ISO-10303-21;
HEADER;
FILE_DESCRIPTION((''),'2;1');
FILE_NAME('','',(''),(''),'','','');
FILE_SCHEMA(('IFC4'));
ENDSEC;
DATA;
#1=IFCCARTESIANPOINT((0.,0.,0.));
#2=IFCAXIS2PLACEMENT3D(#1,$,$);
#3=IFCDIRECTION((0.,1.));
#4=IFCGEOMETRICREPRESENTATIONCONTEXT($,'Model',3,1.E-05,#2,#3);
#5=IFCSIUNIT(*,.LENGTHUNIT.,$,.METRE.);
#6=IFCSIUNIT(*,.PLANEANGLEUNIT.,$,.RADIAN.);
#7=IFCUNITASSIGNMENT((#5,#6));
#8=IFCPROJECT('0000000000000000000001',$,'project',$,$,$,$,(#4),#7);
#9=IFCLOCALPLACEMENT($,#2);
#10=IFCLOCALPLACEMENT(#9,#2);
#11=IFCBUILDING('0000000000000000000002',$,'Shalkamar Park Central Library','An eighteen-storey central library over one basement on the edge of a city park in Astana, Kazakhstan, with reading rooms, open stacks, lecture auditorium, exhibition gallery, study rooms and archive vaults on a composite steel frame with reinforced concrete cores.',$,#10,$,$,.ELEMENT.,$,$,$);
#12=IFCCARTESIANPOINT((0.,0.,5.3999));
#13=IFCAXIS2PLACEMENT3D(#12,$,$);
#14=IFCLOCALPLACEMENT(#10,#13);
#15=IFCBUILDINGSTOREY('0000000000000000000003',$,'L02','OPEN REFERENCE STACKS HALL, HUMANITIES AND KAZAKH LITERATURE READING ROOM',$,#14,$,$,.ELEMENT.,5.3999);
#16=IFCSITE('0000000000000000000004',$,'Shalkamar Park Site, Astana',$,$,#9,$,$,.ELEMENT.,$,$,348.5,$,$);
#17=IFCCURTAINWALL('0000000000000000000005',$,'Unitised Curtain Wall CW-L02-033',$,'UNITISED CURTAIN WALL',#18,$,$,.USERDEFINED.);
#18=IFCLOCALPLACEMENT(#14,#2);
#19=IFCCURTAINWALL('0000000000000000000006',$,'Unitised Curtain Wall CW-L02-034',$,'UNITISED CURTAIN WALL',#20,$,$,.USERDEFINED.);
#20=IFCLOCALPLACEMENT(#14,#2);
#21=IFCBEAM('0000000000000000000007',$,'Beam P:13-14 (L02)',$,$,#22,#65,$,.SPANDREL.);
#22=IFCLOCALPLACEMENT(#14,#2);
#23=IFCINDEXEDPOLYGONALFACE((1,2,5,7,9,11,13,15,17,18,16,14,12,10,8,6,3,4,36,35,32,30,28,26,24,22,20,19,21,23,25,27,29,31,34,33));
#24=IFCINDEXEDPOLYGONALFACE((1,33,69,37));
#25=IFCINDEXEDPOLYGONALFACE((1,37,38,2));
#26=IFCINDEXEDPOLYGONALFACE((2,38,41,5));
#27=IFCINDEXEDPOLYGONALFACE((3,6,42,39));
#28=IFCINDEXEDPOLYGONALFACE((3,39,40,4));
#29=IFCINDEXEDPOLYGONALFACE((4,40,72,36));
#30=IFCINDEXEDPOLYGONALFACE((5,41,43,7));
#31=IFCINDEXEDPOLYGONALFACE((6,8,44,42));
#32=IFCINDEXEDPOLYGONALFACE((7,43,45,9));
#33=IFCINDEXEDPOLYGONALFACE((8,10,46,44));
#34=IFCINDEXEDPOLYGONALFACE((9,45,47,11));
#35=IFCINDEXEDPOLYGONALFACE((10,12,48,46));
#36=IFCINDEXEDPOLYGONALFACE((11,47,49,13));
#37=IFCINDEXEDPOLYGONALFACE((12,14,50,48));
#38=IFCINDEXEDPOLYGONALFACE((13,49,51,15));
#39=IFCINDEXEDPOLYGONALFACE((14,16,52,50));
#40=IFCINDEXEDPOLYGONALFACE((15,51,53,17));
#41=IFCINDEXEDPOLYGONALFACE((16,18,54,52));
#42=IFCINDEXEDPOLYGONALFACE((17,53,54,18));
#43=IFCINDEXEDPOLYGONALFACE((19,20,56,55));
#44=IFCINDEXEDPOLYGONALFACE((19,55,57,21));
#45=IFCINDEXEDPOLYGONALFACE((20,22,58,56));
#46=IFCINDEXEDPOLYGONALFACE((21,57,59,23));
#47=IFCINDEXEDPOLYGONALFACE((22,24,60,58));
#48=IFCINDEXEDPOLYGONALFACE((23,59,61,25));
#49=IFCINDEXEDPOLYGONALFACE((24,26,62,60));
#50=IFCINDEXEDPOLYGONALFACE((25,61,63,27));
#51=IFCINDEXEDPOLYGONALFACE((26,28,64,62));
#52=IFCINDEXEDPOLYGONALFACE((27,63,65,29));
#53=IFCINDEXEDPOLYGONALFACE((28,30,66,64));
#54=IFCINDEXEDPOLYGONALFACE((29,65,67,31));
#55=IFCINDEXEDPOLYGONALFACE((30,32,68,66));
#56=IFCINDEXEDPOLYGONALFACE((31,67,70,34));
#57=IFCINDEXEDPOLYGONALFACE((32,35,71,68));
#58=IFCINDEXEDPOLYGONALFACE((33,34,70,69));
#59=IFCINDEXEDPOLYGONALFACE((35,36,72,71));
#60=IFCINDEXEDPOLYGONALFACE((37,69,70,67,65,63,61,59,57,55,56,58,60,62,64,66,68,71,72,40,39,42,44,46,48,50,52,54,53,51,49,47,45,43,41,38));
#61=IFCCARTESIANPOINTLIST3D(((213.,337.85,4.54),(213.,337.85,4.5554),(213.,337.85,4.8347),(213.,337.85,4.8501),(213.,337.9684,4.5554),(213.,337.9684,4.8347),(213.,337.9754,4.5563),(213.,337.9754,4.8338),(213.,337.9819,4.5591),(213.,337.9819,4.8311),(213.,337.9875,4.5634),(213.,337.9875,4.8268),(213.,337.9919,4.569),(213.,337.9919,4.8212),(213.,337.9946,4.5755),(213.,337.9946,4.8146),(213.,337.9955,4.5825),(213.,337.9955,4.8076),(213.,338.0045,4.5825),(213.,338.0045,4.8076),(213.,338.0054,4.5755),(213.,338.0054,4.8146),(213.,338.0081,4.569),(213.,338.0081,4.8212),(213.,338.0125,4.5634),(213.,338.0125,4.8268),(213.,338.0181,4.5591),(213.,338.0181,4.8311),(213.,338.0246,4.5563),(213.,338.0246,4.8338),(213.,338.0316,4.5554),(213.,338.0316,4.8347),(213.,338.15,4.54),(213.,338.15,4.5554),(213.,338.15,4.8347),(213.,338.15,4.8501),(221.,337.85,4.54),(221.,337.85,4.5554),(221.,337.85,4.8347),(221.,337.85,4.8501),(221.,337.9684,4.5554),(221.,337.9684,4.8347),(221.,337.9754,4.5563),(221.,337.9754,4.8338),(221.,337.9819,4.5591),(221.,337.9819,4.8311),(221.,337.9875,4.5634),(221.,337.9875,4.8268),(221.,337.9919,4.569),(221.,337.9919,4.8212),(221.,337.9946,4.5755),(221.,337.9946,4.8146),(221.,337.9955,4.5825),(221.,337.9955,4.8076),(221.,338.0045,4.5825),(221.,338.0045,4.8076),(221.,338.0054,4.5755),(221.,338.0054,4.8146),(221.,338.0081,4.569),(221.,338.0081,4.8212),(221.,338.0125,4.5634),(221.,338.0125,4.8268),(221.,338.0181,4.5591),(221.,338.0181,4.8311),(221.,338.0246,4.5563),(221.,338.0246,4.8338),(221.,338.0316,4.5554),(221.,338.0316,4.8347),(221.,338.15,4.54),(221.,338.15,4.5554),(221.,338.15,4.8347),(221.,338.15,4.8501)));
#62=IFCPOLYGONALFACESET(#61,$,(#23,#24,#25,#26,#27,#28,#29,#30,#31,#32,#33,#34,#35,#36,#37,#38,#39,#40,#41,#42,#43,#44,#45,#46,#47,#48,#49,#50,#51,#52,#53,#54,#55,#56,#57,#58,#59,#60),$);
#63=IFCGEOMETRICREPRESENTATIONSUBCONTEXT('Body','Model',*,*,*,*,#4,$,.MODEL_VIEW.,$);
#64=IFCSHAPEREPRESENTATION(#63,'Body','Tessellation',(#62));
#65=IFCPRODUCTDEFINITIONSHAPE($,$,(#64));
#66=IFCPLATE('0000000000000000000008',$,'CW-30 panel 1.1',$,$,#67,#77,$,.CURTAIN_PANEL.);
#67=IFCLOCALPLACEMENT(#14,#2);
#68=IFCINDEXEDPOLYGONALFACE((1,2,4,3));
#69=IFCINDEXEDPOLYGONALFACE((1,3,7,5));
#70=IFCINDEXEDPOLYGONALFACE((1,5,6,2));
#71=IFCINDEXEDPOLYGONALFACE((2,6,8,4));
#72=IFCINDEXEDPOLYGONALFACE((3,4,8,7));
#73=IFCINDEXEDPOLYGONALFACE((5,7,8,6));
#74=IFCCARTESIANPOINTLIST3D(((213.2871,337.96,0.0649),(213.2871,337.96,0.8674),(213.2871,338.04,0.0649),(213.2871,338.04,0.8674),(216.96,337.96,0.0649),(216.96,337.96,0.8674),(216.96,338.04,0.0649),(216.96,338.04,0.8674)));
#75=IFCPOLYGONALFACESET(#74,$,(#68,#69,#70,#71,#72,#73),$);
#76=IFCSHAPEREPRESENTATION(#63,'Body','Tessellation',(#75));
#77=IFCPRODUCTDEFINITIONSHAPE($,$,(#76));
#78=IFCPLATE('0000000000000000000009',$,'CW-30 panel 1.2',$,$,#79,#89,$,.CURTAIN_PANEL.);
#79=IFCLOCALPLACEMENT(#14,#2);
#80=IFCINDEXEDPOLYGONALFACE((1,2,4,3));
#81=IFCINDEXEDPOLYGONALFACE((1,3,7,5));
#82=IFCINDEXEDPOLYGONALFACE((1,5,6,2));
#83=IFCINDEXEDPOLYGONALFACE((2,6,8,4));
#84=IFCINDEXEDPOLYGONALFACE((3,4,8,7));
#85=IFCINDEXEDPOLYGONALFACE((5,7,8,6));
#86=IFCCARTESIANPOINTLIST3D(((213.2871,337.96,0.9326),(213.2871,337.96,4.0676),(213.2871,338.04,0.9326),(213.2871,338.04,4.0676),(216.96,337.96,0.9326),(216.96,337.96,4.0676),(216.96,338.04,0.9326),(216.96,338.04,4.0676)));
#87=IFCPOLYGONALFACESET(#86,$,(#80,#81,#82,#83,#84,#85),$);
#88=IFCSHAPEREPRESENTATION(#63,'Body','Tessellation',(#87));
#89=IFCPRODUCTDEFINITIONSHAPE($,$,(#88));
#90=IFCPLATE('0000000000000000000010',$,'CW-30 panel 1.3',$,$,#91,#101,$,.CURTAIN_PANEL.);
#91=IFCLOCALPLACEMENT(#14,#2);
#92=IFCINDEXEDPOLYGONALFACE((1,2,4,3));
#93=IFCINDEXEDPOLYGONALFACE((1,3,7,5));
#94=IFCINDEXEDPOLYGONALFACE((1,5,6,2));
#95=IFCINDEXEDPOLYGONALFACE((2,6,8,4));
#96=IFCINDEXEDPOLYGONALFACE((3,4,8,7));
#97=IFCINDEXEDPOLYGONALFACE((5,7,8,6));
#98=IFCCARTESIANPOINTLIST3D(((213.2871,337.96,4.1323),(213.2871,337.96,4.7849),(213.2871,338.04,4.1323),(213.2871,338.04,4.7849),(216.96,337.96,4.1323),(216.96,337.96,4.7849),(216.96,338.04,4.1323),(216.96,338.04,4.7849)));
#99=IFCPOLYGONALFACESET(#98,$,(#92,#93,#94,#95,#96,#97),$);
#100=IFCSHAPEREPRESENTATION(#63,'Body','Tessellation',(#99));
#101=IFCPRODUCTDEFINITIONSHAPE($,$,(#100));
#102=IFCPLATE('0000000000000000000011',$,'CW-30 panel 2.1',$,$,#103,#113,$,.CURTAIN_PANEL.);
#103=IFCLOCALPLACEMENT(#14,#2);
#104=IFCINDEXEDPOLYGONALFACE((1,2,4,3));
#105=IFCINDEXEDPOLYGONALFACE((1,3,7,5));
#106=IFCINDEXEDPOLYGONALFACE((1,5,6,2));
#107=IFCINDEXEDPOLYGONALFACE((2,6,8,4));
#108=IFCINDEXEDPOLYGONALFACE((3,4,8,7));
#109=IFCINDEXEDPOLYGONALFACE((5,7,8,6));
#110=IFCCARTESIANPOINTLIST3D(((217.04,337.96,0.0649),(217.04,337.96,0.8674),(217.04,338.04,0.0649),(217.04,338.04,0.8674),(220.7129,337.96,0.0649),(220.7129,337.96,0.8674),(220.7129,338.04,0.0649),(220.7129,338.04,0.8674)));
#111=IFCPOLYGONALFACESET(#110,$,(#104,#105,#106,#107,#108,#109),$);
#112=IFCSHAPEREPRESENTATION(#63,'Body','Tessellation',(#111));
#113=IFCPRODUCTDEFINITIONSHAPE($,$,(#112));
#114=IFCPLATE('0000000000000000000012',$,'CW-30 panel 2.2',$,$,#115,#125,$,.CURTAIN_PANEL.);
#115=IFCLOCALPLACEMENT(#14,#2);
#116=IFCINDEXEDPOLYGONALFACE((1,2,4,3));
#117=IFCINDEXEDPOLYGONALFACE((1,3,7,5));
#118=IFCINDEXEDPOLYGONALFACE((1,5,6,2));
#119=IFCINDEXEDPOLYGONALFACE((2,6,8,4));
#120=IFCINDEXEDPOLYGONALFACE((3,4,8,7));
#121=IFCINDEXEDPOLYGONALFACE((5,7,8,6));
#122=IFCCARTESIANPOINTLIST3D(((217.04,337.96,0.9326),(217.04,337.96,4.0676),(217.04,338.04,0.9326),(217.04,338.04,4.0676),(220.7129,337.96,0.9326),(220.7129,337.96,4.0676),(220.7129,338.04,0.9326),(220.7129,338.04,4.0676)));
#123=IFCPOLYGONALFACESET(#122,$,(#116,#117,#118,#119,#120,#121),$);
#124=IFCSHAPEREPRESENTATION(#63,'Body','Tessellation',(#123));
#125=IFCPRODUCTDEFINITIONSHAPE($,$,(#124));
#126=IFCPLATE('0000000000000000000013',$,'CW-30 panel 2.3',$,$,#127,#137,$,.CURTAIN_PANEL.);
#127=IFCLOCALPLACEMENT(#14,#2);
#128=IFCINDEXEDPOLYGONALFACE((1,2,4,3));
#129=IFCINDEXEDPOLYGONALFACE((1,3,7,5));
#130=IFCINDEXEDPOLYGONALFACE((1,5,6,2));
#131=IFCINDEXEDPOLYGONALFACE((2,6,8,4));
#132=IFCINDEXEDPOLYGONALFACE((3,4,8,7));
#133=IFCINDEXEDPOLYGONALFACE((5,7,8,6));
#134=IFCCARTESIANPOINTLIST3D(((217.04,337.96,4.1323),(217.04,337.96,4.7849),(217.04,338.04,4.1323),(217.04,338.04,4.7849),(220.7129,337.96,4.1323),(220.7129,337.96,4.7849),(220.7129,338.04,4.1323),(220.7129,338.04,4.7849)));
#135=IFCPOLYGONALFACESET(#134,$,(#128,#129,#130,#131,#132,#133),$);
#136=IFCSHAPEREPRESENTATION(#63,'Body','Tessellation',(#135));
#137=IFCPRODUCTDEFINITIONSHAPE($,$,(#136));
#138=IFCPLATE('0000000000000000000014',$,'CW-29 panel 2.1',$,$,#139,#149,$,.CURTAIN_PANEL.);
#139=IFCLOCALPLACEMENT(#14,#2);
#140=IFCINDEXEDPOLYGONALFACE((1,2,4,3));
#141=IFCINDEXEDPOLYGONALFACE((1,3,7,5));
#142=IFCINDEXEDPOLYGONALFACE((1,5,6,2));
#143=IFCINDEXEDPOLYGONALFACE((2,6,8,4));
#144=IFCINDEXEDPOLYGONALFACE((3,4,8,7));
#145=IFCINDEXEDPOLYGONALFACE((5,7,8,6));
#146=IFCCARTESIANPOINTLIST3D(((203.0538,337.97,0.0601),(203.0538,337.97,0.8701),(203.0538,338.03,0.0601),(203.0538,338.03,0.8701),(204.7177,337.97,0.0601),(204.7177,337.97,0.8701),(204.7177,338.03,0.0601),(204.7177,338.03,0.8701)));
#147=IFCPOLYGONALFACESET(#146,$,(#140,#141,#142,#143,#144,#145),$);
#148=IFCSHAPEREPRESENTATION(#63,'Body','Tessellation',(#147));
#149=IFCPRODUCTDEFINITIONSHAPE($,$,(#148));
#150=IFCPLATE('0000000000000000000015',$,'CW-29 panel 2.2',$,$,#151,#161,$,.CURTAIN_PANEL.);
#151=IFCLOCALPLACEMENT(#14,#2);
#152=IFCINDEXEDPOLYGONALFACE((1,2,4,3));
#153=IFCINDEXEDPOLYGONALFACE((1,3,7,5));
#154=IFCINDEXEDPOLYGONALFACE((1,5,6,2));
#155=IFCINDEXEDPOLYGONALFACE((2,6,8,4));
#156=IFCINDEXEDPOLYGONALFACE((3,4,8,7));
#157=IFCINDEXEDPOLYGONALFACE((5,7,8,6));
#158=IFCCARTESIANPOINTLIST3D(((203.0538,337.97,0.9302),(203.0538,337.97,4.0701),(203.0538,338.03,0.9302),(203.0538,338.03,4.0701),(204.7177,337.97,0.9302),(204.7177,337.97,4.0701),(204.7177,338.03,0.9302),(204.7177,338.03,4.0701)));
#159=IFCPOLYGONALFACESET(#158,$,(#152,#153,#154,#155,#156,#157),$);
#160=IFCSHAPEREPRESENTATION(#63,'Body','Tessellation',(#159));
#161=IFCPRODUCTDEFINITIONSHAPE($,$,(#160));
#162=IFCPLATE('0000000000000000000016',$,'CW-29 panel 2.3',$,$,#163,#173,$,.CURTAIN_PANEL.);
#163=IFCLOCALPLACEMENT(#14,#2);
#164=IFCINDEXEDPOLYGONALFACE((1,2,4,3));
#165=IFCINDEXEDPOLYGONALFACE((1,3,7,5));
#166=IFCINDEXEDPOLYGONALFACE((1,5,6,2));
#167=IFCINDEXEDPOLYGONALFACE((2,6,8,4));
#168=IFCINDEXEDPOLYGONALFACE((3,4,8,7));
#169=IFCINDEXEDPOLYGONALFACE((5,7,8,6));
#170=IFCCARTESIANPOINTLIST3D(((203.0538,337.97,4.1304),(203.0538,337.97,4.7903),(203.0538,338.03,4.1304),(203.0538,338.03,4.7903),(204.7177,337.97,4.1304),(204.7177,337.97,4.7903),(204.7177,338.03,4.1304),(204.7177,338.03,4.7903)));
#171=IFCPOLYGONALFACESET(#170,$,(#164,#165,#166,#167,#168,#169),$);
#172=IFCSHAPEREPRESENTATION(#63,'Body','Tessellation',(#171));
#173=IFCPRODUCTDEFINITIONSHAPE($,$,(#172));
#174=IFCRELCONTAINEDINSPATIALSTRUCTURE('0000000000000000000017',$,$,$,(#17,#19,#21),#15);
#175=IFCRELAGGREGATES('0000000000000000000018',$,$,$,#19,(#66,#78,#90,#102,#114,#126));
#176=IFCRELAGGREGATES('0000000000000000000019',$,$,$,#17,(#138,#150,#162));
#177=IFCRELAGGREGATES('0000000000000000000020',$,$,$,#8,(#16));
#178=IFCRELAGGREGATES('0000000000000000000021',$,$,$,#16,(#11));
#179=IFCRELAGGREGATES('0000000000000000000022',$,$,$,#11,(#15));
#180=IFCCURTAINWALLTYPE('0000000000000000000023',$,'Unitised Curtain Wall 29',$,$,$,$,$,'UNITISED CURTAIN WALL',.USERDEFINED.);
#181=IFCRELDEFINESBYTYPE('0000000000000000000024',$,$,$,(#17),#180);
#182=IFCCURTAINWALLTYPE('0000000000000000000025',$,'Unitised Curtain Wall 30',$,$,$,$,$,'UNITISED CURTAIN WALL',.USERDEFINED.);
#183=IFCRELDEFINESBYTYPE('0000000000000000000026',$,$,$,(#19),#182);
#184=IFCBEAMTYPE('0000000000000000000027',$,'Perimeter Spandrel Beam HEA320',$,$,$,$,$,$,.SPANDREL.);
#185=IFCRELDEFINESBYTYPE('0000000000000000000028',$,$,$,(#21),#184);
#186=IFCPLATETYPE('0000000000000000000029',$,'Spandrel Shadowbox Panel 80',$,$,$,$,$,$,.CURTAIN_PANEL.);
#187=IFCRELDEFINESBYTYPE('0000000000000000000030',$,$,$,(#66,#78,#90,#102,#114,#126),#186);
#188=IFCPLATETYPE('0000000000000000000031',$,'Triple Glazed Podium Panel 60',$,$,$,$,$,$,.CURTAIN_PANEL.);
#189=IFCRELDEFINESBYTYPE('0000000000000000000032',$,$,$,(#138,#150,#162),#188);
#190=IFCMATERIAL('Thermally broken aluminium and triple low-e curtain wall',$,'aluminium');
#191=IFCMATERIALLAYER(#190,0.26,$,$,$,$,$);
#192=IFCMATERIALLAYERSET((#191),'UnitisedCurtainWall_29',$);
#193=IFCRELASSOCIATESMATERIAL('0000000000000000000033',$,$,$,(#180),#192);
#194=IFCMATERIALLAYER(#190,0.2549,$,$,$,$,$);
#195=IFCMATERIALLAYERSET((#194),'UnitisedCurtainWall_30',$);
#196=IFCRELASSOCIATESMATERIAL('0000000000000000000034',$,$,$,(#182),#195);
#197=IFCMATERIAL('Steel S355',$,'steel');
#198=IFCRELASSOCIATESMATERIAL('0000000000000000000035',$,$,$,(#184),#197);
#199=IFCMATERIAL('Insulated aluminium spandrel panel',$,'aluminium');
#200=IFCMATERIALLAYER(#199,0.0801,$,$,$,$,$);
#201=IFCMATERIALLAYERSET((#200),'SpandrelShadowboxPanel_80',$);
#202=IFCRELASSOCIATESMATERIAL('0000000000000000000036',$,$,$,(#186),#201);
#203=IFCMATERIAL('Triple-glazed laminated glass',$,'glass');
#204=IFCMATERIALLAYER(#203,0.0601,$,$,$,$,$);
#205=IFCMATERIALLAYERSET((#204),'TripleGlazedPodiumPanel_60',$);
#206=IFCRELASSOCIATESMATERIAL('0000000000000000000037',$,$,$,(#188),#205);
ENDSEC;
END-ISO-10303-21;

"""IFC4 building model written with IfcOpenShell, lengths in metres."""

from ifc_helpers import new_model, si_unit, direction, frame, origin, origin_2d, place, context, subcontext, project, spatial, rectangle, i_section, extrude, material, layer, layer_set, material_profile, profile_set, type_object, element, aggregate, save


model = new_model("IFC4")

# Units and contexts
model_context = context("Model", 3, precision=1e-05, world=origin(), true_north=direction((0.0, 1.0)))
body_context = subcontext(model_context, "Body", "Model", "MODEL_VIEW")
ifc_project = project(units=[si_unit("LENGTHUNIT", "METRE"), si_unit("PLANEANGLEUNIT", "RADIAN")], contexts=[model_context])

# Site, building, storey
site_placement = place(None, origin())
site = spatial("IfcSite", under=ifc_project, at=site_placement, Name="Shalkamar Park Site, Astana", CompositionType="ELEMENT", RefElevation=348.5)
building_placement = place(site_placement, origin())
building = spatial("IfcBuilding", under=site, at=building_placement, Name="Shalkamar Park Central Library", Description="An eighteen-storey central library over one basement on the edge of a city park in Astana, Kazakhstan, with reading rooms, open stacks, lecture auditorium, exhibition gallery, study rooms and archive vaults on a composite steel frame with reinforced concrete cores.", CompositionType="ELEMENT")
storey_placement = place(building_placement, frame((0.0, 0.0, 5.3999)))
storey = spatial("IfcBuildingStorey", under=building, at=storey_placement, Name="L02", Description="OPEN REFERENCE STACKS HALL, HUMANITIES AND KAZAKH LITERATURE READING ROOM", CompositionType="ELEMENT", Elevation=5.3999)

# Shared definitions
ifc_material_1 = material(Name="Steel S355", Category="steel")

# Curtain wall
ifc_material_2 = material(Name="Thermally broken aluminium and triple low-e curtain wall", Category="aluminium")
ifc_layer_1 = layer(ifc_material_2, 0.26)
ifc_layer_set_1 = layer_set([ifc_layer_1], Name="UnitisedCurtainWall_29")
curtain_wall_type_1 = type_object("IfcCurtainWallType", Name="Unitised Curtain Wall 29", ElementType="UNITISED CURTAIN WALL", PredefinedType="USERDEFINED", material=ifc_layer_set_1)
curtain_wall_1_placement = place(storey_placement, origin())
curtain_wall_1 = element("IfcCurtainWall", 1, at=curtain_wall_1_placement, inside=storey, type_object=curtain_wall_type_1, Name="Unitised Curtain Wall CW-L02-033", ObjectType="UNITISED CURTAIN WALL", PredefinedType="USERDEFINED")

# Curtain wall
ifc_layer_2 = layer(ifc_material_2, 0.2549)
ifc_layer_set_2 = layer_set([ifc_layer_2], Name="UnitisedCurtainWall_30")
curtain_wall_type_2 = type_object("IfcCurtainWallType", Name="Unitised Curtain Wall 30", ElementType="UNITISED CURTAIN WALL", PredefinedType="USERDEFINED", material=ifc_layer_set_2)
curtain_wall_2_placement = place(storey_placement, origin())
curtain_wall_2 = element("IfcCurtainWall", 2, at=curtain_wall_2_placement, inside=storey, type_object=curtain_wall_type_2, Name="Unitised Curtain Wall CW-L02-034", ObjectType="UNITISED CURTAIN WALL", PredefinedType="USERDEFINED")

# Beam
ifc_material_profile_1 = material_profile(ifc_material_1, i_section(OverallWidth=0.3, OverallDepth=0.3101, WebThickness=0.009, FlangeThickness=0.0154, FilletRadius=0.0271, at=origin_2d()), Name="HEA 320")
ifc_profile_set_1 = profile_set([ifc_material_profile_1], Name="Steel S355")
beam_type_1 = type_object("IfcBeamType", Name="Perimeter Spandrel Beam HEA320", PredefinedType="SPANDREL", material=ifc_profile_set_1)
for number, where, z_axis, x_axis, name in (
    (3, (213.0, 338.0, 4.6951), (1.0, 0.0, 0.0), (0.0, 1.0, 0.0), "Beam P:13-14 (L02)"),
):
    element("IfcBeam", number, at=place(storey_placement, frame(where, z_axis=z_axis, x_axis=x_axis)), inside=storey, type_object=beam_type_1, Name=name, PredefinedType="SPANDREL", context=body_context, shape_type="SweptSolid", body=[
        extrude(i_section(OverallWidth=0.3, OverallDepth=0.3101, WebThickness=0.009, FlangeThickness=0.0154, FilletRadius=0.0271, at=origin_2d()), origin(), (0.0, 0.0, 1.0), 8.0),
    ])

# Plates
ifc_material_3 = material(Name="Insulated aluminium spandrel panel", Category="aluminium")
ifc_layer_3 = layer(ifc_material_3, 0.0801)
ifc_layer_set_3 = layer_set([ifc_layer_3], Name="SpandrelShadowboxPanel_80")
plate_type_1 = type_object("IfcPlateType", Name="Spandrel Shadowbox Panel 80", PredefinedType="CURTAIN_PANEL", material=ifc_layer_set_3)
plate_1_placement = place(storey_placement, frame((215.1235, 338.0, 0.0649), z_axis=(0.0, 0.0, 1.0), x_axis=(1.0, 0.0, 0.0)))
plate_1 = element("IfcPlate", 4, at=plate_1_placement, type_object=plate_type_1, Name="CW-30 panel 1.1", PredefinedType="CURTAIN_PANEL", context=body_context, shape_type="SweptSolid", body=[
    extrude(rectangle(XDim=3.6729, YDim=0.0801, at=origin_2d()), origin(), (0.0, 0.0, 1.0), 0.8025),
])
plate_2_placement = place(storey_placement, frame((215.1235, 338.0, 0.9326), z_axis=(0.0, 0.0, 1.0), x_axis=(1.0, 0.0, 0.0)))
plate_2 = element("IfcPlate", 5, at=plate_2_placement, type_object=plate_type_1, Name="CW-30 panel 1.2", PredefinedType="CURTAIN_PANEL", context=body_context, shape_type="SweptSolid", body=[
    extrude(rectangle(XDim=3.6729, YDim=0.0801, at=origin_2d()), origin(), (0.0, 0.0, 1.0), 3.135),
])
plate_3_placement = place(storey_placement, frame((215.1235, 338.0, 4.1323), z_axis=(0.0, 0.0, 1.0), x_axis=(1.0, 0.0, 0.0)))
plate_3 = element("IfcPlate", 6, at=plate_3_placement, type_object=plate_type_1, Name="CW-30 panel 1.3", PredefinedType="CURTAIN_PANEL", context=body_context, shape_type="SweptSolid", body=[
    extrude(rectangle(XDim=3.6729, YDim=0.0801, at=origin_2d()), origin(), (0.0, 0.0, 1.0), 0.6526),
])
plate_4_placement = place(storey_placement, frame((218.8765, 338.0, 0.0649), z_axis=(0.0, 0.0, 1.0), x_axis=(1.0, 0.0, 0.0)))
plate_4 = element("IfcPlate", 7, at=plate_4_placement, type_object=plate_type_1, Name="CW-30 panel 2.1", PredefinedType="CURTAIN_PANEL", context=body_context, shape_type="SweptSolid", body=[
    extrude(rectangle(XDim=3.6729, YDim=0.0801, at=origin_2d()), origin(), (0.0, 0.0, 1.0), 0.8025),
])
plate_5_placement = place(storey_placement, frame((218.8765, 338.0, 0.9326), z_axis=(0.0, 0.0, 1.0), x_axis=(1.0, 0.0, 0.0)))
plate_5 = element("IfcPlate", 8, at=plate_5_placement, type_object=plate_type_1, Name="CW-30 panel 2.2", PredefinedType="CURTAIN_PANEL", context=body_context, shape_type="SweptSolid", body=[
    extrude(rectangle(XDim=3.6729, YDim=0.0801, at=origin_2d()), origin(), (0.0, 0.0, 1.0), 3.135),
])
plate_6_placement = place(storey_placement, frame((218.8765, 338.0, 4.1323), z_axis=(0.0, 0.0, 1.0), x_axis=(1.0, 0.0, 0.0)))
plate_6 = element("IfcPlate", 9, at=plate_6_placement, type_object=plate_type_1, Name="CW-30 panel 2.3", PredefinedType="CURTAIN_PANEL", context=body_context, shape_type="SweptSolid", body=[
    extrude(rectangle(XDim=3.6729, YDim=0.0801, at=origin_2d()), origin(), (0.0, 0.0, 1.0), 0.6526),
])
aggregate(curtain_wall_2, [plate_1, plate_2, plate_3, plate_4, plate_5, plate_6])
ifc_material_4 = material(Name="Triple-glazed laminated glass", Category="glass")
ifc_layer_4 = layer(ifc_material_4, 0.0601)
ifc_layer_set_4 = layer_set([ifc_layer_4], Name="TripleGlazedPodiumPanel_60")
plate_type_2 = type_object("IfcPlateType", Name="Triple Glazed Podium Panel 60", PredefinedType="CURTAIN_PANEL", material=ifc_layer_set_4)
plate_7_placement = place(storey_placement, frame((203.8857, 338.0, 0.0601), z_axis=(0.0, 0.0, 1.0), x_axis=(1.0, 0.0, 0.0)))
plate_7 = element("IfcPlate", 10, at=plate_7_placement, type_object=plate_type_2, Name="CW-29 panel 2.1", PredefinedType="CURTAIN_PANEL", context=body_context, shape_type="SweptSolid", body=[
    extrude(rectangle(XDim=1.6638, YDim=0.0601, at=origin_2d()), origin(), (0.0, 0.0, 1.0), 0.8101),
])
plate_8_placement = place(storey_placement, frame((203.8857, 338.0, 0.9302), z_axis=(0.0, 0.0, 1.0), x_axis=(1.0, 0.0, 0.0)))
plate_8 = element("IfcPlate", 11, at=plate_8_placement, type_object=plate_type_2, Name="CW-29 panel 2.2", PredefinedType="CURTAIN_PANEL", context=body_context, shape_type="SweptSolid", body=[
    extrude(rectangle(XDim=1.6638, YDim=0.0601, at=origin_2d()), origin(), (0.0, 0.0, 1.0), 3.1399),
])
plate_9_placement = place(storey_placement, frame((203.8857, 338.0, 4.1304), z_axis=(0.0, 0.0, 1.0), x_axis=(1.0, 0.0, 0.0)))
plate_9 = element("IfcPlate", 12, at=plate_9_placement, type_object=plate_type_2, Name="CW-29 panel 2.3", PredefinedType="CURTAIN_PANEL", context=body_context, shape_type="SweptSolid", body=[
    extrude(rectangle(XDim=1.6638, YDim=0.0601, at=origin_2d()), origin(), (0.0, 0.0, 1.0), 0.6599),
])
aggregate(curtain_wall_1, [plate_7, plate_8, plate_9])

save(model, "model.ifc")
